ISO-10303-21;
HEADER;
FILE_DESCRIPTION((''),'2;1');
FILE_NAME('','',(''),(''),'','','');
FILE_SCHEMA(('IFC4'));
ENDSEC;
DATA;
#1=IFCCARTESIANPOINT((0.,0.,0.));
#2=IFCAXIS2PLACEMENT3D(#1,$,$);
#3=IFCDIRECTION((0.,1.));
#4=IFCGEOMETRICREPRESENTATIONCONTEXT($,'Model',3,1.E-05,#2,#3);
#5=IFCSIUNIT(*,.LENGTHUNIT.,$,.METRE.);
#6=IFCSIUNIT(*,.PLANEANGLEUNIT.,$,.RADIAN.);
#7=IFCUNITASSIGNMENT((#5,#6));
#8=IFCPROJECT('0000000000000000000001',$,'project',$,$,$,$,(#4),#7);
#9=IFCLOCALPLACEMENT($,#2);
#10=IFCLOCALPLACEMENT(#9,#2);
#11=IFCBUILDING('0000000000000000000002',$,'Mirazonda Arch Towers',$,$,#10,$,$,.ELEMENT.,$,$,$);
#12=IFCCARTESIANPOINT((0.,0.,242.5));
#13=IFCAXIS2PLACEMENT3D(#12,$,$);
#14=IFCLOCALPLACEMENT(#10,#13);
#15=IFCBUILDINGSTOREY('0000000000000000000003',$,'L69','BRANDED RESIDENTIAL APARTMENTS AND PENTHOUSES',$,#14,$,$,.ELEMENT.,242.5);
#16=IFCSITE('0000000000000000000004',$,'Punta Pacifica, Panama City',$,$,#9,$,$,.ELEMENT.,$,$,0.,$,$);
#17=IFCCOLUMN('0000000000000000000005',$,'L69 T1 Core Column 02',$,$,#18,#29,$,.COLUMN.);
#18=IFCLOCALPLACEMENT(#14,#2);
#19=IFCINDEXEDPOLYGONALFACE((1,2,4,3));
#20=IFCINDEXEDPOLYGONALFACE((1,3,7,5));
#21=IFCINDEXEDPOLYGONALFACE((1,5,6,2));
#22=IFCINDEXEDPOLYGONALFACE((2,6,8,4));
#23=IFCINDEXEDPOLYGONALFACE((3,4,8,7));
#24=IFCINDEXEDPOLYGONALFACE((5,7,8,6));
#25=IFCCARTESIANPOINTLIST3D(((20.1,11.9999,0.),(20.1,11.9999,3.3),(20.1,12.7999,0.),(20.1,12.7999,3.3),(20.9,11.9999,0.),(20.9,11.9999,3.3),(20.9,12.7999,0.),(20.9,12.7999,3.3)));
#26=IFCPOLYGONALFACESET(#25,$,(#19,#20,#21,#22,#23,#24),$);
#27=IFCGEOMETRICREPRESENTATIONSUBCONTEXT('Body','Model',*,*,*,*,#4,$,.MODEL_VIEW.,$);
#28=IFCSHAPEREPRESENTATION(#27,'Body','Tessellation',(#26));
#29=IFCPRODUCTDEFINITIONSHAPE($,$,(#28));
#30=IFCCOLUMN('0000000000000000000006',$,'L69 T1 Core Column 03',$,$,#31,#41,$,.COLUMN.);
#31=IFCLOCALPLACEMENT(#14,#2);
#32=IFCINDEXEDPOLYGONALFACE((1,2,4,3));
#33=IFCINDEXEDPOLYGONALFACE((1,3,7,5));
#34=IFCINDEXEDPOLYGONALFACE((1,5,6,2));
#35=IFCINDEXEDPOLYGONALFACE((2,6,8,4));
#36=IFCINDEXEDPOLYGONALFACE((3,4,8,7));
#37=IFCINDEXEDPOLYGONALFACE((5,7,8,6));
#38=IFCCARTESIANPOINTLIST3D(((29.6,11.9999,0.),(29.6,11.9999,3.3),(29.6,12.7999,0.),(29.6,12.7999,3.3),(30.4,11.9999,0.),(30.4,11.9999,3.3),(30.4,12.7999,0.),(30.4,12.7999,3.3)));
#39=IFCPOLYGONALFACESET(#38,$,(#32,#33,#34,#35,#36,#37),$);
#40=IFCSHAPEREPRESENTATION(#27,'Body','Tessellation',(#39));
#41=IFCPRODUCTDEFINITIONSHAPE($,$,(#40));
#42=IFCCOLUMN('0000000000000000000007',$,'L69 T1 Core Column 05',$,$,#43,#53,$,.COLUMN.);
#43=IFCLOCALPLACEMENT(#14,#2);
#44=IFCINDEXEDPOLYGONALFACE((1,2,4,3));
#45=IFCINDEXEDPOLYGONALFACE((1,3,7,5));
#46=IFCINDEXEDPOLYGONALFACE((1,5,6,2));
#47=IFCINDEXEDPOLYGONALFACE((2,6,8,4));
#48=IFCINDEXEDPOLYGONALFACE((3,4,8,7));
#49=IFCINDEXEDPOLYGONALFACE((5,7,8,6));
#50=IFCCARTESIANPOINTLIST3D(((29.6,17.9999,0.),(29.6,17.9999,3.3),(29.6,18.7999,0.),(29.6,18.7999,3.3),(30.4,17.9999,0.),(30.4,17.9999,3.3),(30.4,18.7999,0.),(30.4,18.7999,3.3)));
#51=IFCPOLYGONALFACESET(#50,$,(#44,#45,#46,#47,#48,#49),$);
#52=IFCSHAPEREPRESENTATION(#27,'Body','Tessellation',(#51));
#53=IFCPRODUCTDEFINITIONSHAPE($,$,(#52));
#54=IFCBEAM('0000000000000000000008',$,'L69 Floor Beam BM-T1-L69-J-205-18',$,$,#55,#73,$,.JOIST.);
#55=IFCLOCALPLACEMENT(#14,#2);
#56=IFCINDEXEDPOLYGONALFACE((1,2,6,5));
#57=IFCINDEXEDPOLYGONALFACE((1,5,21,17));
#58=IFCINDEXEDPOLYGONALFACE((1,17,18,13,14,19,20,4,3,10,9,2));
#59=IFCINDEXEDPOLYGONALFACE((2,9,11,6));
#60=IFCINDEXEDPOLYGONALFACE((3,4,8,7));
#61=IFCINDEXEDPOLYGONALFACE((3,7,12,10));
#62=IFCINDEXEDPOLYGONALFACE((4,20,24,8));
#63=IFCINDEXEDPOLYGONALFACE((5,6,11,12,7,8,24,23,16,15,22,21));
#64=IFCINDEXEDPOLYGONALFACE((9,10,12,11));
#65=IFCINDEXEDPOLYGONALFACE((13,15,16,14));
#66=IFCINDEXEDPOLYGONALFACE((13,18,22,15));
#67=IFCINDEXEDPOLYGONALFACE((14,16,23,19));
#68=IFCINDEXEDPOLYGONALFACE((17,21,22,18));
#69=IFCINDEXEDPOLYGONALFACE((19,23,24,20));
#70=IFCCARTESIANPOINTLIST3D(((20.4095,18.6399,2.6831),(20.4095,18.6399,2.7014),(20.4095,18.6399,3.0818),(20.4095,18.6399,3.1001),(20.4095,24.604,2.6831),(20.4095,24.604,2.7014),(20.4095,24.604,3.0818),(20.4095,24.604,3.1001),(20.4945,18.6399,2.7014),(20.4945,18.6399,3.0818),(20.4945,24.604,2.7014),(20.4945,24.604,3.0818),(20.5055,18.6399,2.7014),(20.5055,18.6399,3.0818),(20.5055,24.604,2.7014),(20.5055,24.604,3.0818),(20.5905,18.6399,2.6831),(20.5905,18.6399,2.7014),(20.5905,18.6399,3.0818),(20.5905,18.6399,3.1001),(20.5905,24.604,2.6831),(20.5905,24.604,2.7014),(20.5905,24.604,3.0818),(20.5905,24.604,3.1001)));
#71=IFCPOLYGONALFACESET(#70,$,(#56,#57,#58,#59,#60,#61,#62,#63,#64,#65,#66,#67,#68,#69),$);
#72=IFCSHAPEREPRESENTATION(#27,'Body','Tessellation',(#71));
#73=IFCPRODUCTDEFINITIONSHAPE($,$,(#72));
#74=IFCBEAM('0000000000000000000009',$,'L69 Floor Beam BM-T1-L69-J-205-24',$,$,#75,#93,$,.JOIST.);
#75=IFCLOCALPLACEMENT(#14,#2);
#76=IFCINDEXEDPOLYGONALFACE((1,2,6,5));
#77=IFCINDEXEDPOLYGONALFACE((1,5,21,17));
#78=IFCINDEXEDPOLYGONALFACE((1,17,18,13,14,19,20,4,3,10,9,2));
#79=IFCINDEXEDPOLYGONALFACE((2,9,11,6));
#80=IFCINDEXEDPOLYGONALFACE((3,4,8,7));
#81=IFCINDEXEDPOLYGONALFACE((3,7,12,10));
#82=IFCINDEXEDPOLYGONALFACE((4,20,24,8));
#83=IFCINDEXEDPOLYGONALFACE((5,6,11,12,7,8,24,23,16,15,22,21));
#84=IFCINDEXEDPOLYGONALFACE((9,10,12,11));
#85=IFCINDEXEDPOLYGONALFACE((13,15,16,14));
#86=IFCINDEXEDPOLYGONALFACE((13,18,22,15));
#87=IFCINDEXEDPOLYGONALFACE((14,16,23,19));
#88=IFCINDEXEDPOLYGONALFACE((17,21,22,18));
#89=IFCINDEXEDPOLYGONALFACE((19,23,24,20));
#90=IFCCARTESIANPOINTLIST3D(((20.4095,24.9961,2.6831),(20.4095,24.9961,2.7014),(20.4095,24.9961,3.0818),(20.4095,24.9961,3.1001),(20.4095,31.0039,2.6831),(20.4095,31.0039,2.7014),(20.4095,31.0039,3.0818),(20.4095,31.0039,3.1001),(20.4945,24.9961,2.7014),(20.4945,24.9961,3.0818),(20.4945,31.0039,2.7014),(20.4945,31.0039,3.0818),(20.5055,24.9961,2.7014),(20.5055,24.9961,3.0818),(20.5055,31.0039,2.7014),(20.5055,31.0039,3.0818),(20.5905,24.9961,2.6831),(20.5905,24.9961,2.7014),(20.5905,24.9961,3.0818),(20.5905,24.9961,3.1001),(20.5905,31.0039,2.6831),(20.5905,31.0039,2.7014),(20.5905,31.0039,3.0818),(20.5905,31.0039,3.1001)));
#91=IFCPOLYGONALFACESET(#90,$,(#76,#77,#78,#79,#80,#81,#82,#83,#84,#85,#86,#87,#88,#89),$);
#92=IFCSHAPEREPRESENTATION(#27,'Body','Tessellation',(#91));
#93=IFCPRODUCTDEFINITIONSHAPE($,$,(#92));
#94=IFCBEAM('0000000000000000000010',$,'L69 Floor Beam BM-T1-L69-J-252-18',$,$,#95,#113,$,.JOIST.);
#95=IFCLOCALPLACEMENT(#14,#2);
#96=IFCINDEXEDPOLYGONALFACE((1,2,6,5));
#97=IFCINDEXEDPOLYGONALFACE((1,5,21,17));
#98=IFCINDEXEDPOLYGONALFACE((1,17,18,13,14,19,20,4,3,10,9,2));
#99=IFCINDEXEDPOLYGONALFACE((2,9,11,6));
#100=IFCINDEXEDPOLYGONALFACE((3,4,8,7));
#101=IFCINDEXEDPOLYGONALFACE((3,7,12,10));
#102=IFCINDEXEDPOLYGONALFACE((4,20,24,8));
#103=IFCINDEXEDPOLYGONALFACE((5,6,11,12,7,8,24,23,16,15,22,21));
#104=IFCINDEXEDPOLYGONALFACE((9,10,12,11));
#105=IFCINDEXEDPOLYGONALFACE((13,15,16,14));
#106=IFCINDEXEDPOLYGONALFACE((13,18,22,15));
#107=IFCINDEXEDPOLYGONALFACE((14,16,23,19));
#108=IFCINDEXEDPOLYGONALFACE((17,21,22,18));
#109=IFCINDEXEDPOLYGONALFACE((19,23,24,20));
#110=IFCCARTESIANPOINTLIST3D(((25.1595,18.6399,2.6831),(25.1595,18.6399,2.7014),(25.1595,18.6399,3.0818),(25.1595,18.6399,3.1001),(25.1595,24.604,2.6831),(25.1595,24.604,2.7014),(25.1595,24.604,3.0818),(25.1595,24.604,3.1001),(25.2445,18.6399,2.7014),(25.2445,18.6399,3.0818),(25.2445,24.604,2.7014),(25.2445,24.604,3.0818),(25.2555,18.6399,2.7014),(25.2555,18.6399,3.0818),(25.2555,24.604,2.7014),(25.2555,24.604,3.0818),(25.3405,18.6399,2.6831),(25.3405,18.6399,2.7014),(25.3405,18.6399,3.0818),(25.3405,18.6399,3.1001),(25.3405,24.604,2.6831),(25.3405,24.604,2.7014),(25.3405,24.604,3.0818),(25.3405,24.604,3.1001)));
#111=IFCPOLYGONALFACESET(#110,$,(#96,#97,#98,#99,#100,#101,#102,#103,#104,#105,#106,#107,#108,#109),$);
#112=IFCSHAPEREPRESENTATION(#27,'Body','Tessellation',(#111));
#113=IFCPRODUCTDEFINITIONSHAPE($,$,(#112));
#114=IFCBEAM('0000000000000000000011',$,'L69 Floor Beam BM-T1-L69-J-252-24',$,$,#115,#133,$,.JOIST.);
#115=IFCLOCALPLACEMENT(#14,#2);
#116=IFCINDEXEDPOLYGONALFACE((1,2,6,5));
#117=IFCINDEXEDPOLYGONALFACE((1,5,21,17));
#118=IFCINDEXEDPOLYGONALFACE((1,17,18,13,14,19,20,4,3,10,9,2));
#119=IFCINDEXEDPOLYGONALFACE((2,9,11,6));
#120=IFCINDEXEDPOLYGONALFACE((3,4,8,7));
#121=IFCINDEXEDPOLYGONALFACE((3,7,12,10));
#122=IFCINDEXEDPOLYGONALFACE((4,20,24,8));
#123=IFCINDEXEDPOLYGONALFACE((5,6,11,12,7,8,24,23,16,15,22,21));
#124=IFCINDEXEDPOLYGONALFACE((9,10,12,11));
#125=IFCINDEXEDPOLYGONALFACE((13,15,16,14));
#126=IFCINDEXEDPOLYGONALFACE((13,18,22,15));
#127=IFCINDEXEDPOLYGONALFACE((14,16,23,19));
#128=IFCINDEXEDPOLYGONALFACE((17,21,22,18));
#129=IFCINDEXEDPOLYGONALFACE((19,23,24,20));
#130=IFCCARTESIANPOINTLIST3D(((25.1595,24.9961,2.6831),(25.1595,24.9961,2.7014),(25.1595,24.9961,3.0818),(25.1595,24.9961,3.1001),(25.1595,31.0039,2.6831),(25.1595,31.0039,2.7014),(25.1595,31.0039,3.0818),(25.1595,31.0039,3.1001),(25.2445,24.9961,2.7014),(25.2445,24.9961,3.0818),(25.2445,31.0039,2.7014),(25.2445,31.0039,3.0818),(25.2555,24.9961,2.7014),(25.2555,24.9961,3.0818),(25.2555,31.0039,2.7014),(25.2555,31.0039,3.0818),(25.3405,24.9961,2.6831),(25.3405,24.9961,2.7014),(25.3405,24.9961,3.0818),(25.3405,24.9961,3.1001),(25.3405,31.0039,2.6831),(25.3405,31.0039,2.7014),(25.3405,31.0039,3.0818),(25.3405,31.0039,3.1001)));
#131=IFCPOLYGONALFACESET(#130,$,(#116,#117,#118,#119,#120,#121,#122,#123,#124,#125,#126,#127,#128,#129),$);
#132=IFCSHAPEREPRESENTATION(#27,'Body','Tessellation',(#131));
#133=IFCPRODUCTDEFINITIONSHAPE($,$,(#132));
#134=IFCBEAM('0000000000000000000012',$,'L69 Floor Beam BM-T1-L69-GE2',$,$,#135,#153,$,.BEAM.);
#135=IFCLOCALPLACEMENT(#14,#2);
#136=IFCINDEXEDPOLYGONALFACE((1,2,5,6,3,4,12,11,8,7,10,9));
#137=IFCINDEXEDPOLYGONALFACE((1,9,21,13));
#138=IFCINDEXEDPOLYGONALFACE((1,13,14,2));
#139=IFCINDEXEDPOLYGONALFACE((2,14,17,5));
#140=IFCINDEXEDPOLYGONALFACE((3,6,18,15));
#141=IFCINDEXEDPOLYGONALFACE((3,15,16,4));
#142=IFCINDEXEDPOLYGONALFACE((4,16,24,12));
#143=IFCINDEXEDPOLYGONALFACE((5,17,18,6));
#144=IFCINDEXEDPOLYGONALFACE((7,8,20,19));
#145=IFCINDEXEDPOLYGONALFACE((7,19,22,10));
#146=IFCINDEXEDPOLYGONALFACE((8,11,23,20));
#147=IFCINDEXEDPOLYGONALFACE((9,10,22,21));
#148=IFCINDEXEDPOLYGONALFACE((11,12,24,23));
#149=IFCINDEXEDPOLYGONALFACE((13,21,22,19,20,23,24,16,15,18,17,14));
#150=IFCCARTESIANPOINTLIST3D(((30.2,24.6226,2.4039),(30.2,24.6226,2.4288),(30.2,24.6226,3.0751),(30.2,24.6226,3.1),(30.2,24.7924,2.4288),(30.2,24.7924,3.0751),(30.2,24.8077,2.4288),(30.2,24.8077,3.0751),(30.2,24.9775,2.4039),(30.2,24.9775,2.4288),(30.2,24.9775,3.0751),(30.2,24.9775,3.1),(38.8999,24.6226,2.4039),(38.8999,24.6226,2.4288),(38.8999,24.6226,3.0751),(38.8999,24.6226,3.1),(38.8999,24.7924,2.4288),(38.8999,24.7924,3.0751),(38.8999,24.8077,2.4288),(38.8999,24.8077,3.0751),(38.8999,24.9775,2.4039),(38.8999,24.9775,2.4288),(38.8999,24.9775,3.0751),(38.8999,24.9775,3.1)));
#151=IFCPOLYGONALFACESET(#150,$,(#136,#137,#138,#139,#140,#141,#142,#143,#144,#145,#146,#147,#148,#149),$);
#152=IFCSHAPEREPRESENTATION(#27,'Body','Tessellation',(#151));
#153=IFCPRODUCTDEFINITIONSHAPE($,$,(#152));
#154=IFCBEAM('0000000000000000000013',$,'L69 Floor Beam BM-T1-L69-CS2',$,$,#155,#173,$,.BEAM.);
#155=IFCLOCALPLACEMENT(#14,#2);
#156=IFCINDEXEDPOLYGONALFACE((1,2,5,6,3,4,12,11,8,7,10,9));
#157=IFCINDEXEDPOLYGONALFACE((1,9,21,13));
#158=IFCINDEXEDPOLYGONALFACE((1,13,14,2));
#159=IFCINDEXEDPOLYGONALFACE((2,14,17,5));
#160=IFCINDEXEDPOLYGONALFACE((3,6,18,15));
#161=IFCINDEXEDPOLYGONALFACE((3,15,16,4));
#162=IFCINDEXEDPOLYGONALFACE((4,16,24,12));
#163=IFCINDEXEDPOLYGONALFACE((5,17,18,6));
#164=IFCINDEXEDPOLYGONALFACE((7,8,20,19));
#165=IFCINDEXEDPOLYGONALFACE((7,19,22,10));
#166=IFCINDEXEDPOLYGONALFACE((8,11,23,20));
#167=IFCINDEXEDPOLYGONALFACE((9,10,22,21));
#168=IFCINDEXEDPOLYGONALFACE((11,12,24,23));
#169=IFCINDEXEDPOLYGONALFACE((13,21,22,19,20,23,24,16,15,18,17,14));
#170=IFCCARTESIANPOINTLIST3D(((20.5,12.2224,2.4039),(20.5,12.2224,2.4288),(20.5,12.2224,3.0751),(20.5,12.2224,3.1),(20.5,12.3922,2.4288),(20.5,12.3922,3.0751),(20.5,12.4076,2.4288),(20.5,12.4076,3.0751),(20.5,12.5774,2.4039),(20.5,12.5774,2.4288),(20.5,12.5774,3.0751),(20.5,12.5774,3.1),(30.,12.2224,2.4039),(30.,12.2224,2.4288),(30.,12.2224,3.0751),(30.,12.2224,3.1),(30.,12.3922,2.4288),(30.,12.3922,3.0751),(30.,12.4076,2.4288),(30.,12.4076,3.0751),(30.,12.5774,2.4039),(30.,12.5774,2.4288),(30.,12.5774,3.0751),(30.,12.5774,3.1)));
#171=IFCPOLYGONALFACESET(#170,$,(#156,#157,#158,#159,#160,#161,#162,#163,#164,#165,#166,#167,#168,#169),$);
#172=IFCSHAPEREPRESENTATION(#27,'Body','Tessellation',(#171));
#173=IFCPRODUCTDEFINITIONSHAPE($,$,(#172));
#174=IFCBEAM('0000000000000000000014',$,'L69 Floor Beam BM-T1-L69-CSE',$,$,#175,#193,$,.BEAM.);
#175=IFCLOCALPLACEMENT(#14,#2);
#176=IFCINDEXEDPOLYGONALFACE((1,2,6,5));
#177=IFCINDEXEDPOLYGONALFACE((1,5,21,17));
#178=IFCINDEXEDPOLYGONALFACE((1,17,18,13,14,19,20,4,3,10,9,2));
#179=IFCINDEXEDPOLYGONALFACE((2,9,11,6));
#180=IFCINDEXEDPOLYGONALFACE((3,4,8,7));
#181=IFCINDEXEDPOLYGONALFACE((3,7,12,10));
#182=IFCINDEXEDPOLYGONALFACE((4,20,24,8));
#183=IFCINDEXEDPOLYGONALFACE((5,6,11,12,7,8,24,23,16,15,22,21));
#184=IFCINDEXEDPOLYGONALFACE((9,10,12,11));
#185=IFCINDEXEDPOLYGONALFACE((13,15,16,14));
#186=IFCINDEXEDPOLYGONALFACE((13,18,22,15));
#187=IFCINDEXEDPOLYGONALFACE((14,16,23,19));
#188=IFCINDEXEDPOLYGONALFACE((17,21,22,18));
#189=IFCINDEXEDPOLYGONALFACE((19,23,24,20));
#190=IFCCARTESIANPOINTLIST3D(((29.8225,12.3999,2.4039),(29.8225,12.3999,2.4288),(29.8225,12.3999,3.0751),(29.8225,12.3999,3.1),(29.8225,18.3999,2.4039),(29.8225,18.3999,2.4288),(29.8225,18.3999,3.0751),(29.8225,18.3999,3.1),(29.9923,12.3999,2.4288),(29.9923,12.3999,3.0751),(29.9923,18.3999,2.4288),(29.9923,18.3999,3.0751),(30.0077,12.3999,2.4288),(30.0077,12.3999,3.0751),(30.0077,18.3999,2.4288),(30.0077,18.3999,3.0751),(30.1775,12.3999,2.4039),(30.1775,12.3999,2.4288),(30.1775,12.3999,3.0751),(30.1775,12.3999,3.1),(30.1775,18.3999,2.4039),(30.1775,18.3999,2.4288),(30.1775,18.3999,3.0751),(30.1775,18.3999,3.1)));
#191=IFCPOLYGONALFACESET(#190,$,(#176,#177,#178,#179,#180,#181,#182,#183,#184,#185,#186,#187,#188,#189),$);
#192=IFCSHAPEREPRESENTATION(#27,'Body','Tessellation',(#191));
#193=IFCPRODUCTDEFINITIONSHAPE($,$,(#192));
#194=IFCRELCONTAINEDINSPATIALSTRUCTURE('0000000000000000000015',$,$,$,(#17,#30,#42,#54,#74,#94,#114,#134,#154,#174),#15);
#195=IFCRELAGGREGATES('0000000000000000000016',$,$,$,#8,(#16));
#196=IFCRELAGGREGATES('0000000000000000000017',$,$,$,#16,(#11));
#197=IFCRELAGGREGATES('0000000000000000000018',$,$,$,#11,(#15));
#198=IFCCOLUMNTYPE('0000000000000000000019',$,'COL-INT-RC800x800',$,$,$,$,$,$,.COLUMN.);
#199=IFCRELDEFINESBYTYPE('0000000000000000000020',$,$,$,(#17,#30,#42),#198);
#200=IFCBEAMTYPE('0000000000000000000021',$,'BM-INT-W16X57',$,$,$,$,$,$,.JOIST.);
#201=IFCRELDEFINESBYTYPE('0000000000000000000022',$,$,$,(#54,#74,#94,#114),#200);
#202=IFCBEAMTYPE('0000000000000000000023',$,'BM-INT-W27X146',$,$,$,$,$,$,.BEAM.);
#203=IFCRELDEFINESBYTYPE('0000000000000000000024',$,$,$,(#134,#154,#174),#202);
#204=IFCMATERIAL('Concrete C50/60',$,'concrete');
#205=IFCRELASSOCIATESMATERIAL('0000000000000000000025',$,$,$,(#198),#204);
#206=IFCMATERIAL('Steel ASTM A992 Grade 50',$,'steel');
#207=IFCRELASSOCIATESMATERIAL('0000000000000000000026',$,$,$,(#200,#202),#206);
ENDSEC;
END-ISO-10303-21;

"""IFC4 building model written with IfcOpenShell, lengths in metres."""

from ifc_helpers import new_model, si_unit, direction, frame, origin, origin_2d, place, context, subcontext, project, spatial, rectangle, i_section, extrude, material, material_profile, profile_set, type_object, element, save


model = new_model("IFC4")

# Units and contexts
model_context = context("Model", 3, precision=1e-05, world=origin(), true_north=direction((0.0, 1.0)))
body_context = subcontext(model_context, "Body", "Model", "MODEL_VIEW")
ifc_project = project(units=[si_unit("LENGTHUNIT", "METRE"), si_unit("PLANEANGLEUNIT", "RADIAN")], contexts=[model_context])

# Site, building, storey
site_placement = place(None, origin())
site = spatial("IfcSite", under=ifc_project, at=site_placement, Name="Punta Pacifica, Panama City", CompositionType="ELEMENT", RefElevation=0.0)
building_placement = place(site_placement, origin())
building = spatial("IfcBuilding", under=site, at=building_placement, Name="Mirazonda Arch Towers", CompositionType="ELEMENT")
storey_placement = place(building_placement, frame((0.0, 0.0, 242.5)))
storey = spatial("IfcBuildingStorey", under=building, at=storey_placement, Name="L69", Description="BRANDED RESIDENTIAL APARTMENTS AND PENTHOUSES", CompositionType="ELEMENT", Elevation=242.5)

# Columns
ifc_material_1 = material(Name="Concrete C50/60", Category="concrete")
ifc_material_profile_1 = material_profile(ifc_material_1, rectangle(XDim=0.8, YDim=0.8, at=origin_2d()), Name="RC800x800")
ifc_profile_set_1 = profile_set([ifc_material_profile_1], Name="Concrete C50/60")
column_type = type_object("IfcColumnType", Name="COL-INT-RC800x800", PredefinedType="COLUMN", material=ifc_profile_set_1)
for number, where, z_axis, x_axis, name in (
    (1, (20.5, 12.3999, 0.0), (0.0, 0.0, 1.0), (1.0, 0.0, 0.0), "L69 T1 Core Column 02"),
    (2, (30.0, 12.3999, 0.0), (0.0, 0.0, 1.0), (1.0, 0.0, 0.0), "L69 T1 Core Column 03"),
    (3, (30.0, 18.3999, 0.0), (0.0, 0.0, 1.0), (1.0, 0.0, 0.0), "L69 T1 Core Column 05"),
):
    element("IfcColumn", number, at=place(storey_placement, frame(where, z_axis=z_axis, x_axis=x_axis)), inside=storey, type_object=column_type, Name=name, PredefinedType="COLUMN", context=body_context, shape_type="SweptSolid", body=[
        extrude(rectangle(XDim=0.8, YDim=0.8, at=origin_2d()), origin(), (0.0, 0.0, 1.0), 3.3),
    ])

# Beams
ifc_material_2 = material(Name="Steel ASTM A992 Grade 50", Category="steel")
ifc_material_profile_2 = material_profile(ifc_material_2, i_section(OverallWidth=0.1809, OverallDepth=0.417, WebThickness=0.011, FlangeThickness=0.0183, at=origin_2d()), Name="W16X57")
ifc_profile_set_2 = profile_set([ifc_material_profile_2], Name="Steel ASTM A992 Grade 50")
beam_type_1 = type_object("IfcBeamType", Name="BM-INT-W16X57", PredefinedType="JOIST", material=ifc_profile_set_2)
beam_1_placement = place(storey_placement, frame((20.5, 18.6399, 2.8916), z_axis=(0.0, 1.0, 0.0), x_axis=(-1.0, 0.0, 0.0)))
element("IfcBeam", 4, at=beam_1_placement, inside=storey, type_object=beam_type_1, Name="L69 Floor Beam BM-T1-L69-J-205-18", PredefinedType="JOIST", context=body_context, shape_type="SweptSolid", body=[
    extrude(i_section(OverallWidth=0.1809, OverallDepth=0.417, WebThickness=0.011, FlangeThickness=0.0183, at=origin_2d()), origin(), (0.0, 0.0, 1.0), 5.9641),
])
beam_2_placement = place(storey_placement, frame((20.5, 24.9961, 2.8916), z_axis=(0.0, 1.0, 0.0), x_axis=(-1.0, 0.0, 0.0)))
element("IfcBeam", 5, at=beam_2_placement, inside=storey, type_object=beam_type_1, Name="L69 Floor Beam BM-T1-L69-J-205-24", PredefinedType="JOIST", context=body_context, shape_type="SweptSolid", body=[
    extrude(i_section(OverallWidth=0.1809, OverallDepth=0.417, WebThickness=0.011, FlangeThickness=0.0183, at=origin_2d()), origin(), (0.0, 0.0, 1.0), 6.0078),
])
beam_3_placement = place(storey_placement, frame((25.25, 18.6399, 2.8916), z_axis=(0.0, 1.0, 0.0), x_axis=(-1.0, 0.0, 0.0)))
element("IfcBeam", 6, at=beam_3_placement, inside=storey, type_object=beam_type_1, Name="L69 Floor Beam BM-T1-L69-J-252-18", PredefinedType="JOIST", context=body_context, shape_type="SweptSolid", body=[
    extrude(i_section(OverallWidth=0.1809, OverallDepth=0.417, WebThickness=0.011, FlangeThickness=0.0183, at=origin_2d()), origin(), (0.0, 0.0, 1.0), 5.9641),
])
beam_4_placement = place(storey_placement, frame((25.25, 24.9961, 2.8916), z_axis=(0.0, 1.0, 0.0), x_axis=(-1.0, 0.0, 0.0)))
element("IfcBeam", 7, at=beam_4_placement, inside=storey, type_object=beam_type_1, Name="L69 Floor Beam BM-T1-L69-J-252-24", PredefinedType="JOIST", context=body_context, shape_type="SweptSolid", body=[
    extrude(i_section(OverallWidth=0.1809, OverallDepth=0.417, WebThickness=0.011, FlangeThickness=0.0183, at=origin_2d()), origin(), (0.0, 0.0, 1.0), 6.0078),
])
ifc_material_profile_3 = material_profile(ifc_material_2, i_section(OverallWidth=0.355, OverallDepth=0.696, WebThickness=0.0154, FlangeThickness=0.0249, at=origin_2d()), Name="W27X146")
ifc_profile_set_3 = profile_set([ifc_material_profile_3], Name="Steel ASTM A992 Grade 50")
beam_type_2 = type_object("IfcBeamType", Name="BM-INT-W27X146", PredefinedType="BEAM", material=ifc_profile_set_3)
beam_5_placement = place(storey_placement, frame((30.2, 24.8, 2.752), z_axis=(1.0, 0.0, 0.0), x_axis=(0.0, 1.0, 0.0)))
element("IfcBeam", 8, at=beam_5_placement, inside=storey, type_object=beam_type_2, Name="L69 Floor Beam BM-T1-L69-GE2", PredefinedType="BEAM", context=body_context, shape_type="SweptSolid", body=[
    extrude(i_section(OverallWidth=0.355, OverallDepth=0.696, WebThickness=0.0154, FlangeThickness=0.0249, at=origin_2d()), origin(), (0.0, 0.0, 1.0), 8.7),
])
beam_6_placement = place(storey_placement, frame((20.5, 12.3999, 2.752), z_axis=(1.0, 0.0, 0.0), x_axis=(0.0, 1.0, 0.0)))
element("IfcBeam", 9, at=beam_6_placement, inside=storey, type_object=beam_type_2, Name="L69 Floor Beam BM-T1-L69-CS2", PredefinedType="BEAM", context=body_context, shape_type="SweptSolid", body=[
    extrude(i_section(OverallWidth=0.355, OverallDepth=0.696, WebThickness=0.0154, FlangeThickness=0.0249, at=origin_2d()), origin(), (0.0, 0.0, 1.0), 9.5),
])
beam_7_placement = place(storey_placement, frame((30.0, 12.3999, 2.752), z_axis=(0.0, 1.0, 0.0), x_axis=(-1.0, 0.0, 0.0)))
element("IfcBeam", 10, at=beam_7_placement, inside=storey, type_object=beam_type_2, Name="L69 Floor Beam BM-T1-L69-CSE", PredefinedType="BEAM", context=body_context, shape_type="SweptSolid", body=[
    extrude(i_section(OverallWidth=0.355, OverallDepth=0.696, WebThickness=0.0154, FlangeThickness=0.0249, at=origin_2d()), origin(), (0.0, 0.0, 1.0), 6.0),
])

save(model, "model.ifc")
